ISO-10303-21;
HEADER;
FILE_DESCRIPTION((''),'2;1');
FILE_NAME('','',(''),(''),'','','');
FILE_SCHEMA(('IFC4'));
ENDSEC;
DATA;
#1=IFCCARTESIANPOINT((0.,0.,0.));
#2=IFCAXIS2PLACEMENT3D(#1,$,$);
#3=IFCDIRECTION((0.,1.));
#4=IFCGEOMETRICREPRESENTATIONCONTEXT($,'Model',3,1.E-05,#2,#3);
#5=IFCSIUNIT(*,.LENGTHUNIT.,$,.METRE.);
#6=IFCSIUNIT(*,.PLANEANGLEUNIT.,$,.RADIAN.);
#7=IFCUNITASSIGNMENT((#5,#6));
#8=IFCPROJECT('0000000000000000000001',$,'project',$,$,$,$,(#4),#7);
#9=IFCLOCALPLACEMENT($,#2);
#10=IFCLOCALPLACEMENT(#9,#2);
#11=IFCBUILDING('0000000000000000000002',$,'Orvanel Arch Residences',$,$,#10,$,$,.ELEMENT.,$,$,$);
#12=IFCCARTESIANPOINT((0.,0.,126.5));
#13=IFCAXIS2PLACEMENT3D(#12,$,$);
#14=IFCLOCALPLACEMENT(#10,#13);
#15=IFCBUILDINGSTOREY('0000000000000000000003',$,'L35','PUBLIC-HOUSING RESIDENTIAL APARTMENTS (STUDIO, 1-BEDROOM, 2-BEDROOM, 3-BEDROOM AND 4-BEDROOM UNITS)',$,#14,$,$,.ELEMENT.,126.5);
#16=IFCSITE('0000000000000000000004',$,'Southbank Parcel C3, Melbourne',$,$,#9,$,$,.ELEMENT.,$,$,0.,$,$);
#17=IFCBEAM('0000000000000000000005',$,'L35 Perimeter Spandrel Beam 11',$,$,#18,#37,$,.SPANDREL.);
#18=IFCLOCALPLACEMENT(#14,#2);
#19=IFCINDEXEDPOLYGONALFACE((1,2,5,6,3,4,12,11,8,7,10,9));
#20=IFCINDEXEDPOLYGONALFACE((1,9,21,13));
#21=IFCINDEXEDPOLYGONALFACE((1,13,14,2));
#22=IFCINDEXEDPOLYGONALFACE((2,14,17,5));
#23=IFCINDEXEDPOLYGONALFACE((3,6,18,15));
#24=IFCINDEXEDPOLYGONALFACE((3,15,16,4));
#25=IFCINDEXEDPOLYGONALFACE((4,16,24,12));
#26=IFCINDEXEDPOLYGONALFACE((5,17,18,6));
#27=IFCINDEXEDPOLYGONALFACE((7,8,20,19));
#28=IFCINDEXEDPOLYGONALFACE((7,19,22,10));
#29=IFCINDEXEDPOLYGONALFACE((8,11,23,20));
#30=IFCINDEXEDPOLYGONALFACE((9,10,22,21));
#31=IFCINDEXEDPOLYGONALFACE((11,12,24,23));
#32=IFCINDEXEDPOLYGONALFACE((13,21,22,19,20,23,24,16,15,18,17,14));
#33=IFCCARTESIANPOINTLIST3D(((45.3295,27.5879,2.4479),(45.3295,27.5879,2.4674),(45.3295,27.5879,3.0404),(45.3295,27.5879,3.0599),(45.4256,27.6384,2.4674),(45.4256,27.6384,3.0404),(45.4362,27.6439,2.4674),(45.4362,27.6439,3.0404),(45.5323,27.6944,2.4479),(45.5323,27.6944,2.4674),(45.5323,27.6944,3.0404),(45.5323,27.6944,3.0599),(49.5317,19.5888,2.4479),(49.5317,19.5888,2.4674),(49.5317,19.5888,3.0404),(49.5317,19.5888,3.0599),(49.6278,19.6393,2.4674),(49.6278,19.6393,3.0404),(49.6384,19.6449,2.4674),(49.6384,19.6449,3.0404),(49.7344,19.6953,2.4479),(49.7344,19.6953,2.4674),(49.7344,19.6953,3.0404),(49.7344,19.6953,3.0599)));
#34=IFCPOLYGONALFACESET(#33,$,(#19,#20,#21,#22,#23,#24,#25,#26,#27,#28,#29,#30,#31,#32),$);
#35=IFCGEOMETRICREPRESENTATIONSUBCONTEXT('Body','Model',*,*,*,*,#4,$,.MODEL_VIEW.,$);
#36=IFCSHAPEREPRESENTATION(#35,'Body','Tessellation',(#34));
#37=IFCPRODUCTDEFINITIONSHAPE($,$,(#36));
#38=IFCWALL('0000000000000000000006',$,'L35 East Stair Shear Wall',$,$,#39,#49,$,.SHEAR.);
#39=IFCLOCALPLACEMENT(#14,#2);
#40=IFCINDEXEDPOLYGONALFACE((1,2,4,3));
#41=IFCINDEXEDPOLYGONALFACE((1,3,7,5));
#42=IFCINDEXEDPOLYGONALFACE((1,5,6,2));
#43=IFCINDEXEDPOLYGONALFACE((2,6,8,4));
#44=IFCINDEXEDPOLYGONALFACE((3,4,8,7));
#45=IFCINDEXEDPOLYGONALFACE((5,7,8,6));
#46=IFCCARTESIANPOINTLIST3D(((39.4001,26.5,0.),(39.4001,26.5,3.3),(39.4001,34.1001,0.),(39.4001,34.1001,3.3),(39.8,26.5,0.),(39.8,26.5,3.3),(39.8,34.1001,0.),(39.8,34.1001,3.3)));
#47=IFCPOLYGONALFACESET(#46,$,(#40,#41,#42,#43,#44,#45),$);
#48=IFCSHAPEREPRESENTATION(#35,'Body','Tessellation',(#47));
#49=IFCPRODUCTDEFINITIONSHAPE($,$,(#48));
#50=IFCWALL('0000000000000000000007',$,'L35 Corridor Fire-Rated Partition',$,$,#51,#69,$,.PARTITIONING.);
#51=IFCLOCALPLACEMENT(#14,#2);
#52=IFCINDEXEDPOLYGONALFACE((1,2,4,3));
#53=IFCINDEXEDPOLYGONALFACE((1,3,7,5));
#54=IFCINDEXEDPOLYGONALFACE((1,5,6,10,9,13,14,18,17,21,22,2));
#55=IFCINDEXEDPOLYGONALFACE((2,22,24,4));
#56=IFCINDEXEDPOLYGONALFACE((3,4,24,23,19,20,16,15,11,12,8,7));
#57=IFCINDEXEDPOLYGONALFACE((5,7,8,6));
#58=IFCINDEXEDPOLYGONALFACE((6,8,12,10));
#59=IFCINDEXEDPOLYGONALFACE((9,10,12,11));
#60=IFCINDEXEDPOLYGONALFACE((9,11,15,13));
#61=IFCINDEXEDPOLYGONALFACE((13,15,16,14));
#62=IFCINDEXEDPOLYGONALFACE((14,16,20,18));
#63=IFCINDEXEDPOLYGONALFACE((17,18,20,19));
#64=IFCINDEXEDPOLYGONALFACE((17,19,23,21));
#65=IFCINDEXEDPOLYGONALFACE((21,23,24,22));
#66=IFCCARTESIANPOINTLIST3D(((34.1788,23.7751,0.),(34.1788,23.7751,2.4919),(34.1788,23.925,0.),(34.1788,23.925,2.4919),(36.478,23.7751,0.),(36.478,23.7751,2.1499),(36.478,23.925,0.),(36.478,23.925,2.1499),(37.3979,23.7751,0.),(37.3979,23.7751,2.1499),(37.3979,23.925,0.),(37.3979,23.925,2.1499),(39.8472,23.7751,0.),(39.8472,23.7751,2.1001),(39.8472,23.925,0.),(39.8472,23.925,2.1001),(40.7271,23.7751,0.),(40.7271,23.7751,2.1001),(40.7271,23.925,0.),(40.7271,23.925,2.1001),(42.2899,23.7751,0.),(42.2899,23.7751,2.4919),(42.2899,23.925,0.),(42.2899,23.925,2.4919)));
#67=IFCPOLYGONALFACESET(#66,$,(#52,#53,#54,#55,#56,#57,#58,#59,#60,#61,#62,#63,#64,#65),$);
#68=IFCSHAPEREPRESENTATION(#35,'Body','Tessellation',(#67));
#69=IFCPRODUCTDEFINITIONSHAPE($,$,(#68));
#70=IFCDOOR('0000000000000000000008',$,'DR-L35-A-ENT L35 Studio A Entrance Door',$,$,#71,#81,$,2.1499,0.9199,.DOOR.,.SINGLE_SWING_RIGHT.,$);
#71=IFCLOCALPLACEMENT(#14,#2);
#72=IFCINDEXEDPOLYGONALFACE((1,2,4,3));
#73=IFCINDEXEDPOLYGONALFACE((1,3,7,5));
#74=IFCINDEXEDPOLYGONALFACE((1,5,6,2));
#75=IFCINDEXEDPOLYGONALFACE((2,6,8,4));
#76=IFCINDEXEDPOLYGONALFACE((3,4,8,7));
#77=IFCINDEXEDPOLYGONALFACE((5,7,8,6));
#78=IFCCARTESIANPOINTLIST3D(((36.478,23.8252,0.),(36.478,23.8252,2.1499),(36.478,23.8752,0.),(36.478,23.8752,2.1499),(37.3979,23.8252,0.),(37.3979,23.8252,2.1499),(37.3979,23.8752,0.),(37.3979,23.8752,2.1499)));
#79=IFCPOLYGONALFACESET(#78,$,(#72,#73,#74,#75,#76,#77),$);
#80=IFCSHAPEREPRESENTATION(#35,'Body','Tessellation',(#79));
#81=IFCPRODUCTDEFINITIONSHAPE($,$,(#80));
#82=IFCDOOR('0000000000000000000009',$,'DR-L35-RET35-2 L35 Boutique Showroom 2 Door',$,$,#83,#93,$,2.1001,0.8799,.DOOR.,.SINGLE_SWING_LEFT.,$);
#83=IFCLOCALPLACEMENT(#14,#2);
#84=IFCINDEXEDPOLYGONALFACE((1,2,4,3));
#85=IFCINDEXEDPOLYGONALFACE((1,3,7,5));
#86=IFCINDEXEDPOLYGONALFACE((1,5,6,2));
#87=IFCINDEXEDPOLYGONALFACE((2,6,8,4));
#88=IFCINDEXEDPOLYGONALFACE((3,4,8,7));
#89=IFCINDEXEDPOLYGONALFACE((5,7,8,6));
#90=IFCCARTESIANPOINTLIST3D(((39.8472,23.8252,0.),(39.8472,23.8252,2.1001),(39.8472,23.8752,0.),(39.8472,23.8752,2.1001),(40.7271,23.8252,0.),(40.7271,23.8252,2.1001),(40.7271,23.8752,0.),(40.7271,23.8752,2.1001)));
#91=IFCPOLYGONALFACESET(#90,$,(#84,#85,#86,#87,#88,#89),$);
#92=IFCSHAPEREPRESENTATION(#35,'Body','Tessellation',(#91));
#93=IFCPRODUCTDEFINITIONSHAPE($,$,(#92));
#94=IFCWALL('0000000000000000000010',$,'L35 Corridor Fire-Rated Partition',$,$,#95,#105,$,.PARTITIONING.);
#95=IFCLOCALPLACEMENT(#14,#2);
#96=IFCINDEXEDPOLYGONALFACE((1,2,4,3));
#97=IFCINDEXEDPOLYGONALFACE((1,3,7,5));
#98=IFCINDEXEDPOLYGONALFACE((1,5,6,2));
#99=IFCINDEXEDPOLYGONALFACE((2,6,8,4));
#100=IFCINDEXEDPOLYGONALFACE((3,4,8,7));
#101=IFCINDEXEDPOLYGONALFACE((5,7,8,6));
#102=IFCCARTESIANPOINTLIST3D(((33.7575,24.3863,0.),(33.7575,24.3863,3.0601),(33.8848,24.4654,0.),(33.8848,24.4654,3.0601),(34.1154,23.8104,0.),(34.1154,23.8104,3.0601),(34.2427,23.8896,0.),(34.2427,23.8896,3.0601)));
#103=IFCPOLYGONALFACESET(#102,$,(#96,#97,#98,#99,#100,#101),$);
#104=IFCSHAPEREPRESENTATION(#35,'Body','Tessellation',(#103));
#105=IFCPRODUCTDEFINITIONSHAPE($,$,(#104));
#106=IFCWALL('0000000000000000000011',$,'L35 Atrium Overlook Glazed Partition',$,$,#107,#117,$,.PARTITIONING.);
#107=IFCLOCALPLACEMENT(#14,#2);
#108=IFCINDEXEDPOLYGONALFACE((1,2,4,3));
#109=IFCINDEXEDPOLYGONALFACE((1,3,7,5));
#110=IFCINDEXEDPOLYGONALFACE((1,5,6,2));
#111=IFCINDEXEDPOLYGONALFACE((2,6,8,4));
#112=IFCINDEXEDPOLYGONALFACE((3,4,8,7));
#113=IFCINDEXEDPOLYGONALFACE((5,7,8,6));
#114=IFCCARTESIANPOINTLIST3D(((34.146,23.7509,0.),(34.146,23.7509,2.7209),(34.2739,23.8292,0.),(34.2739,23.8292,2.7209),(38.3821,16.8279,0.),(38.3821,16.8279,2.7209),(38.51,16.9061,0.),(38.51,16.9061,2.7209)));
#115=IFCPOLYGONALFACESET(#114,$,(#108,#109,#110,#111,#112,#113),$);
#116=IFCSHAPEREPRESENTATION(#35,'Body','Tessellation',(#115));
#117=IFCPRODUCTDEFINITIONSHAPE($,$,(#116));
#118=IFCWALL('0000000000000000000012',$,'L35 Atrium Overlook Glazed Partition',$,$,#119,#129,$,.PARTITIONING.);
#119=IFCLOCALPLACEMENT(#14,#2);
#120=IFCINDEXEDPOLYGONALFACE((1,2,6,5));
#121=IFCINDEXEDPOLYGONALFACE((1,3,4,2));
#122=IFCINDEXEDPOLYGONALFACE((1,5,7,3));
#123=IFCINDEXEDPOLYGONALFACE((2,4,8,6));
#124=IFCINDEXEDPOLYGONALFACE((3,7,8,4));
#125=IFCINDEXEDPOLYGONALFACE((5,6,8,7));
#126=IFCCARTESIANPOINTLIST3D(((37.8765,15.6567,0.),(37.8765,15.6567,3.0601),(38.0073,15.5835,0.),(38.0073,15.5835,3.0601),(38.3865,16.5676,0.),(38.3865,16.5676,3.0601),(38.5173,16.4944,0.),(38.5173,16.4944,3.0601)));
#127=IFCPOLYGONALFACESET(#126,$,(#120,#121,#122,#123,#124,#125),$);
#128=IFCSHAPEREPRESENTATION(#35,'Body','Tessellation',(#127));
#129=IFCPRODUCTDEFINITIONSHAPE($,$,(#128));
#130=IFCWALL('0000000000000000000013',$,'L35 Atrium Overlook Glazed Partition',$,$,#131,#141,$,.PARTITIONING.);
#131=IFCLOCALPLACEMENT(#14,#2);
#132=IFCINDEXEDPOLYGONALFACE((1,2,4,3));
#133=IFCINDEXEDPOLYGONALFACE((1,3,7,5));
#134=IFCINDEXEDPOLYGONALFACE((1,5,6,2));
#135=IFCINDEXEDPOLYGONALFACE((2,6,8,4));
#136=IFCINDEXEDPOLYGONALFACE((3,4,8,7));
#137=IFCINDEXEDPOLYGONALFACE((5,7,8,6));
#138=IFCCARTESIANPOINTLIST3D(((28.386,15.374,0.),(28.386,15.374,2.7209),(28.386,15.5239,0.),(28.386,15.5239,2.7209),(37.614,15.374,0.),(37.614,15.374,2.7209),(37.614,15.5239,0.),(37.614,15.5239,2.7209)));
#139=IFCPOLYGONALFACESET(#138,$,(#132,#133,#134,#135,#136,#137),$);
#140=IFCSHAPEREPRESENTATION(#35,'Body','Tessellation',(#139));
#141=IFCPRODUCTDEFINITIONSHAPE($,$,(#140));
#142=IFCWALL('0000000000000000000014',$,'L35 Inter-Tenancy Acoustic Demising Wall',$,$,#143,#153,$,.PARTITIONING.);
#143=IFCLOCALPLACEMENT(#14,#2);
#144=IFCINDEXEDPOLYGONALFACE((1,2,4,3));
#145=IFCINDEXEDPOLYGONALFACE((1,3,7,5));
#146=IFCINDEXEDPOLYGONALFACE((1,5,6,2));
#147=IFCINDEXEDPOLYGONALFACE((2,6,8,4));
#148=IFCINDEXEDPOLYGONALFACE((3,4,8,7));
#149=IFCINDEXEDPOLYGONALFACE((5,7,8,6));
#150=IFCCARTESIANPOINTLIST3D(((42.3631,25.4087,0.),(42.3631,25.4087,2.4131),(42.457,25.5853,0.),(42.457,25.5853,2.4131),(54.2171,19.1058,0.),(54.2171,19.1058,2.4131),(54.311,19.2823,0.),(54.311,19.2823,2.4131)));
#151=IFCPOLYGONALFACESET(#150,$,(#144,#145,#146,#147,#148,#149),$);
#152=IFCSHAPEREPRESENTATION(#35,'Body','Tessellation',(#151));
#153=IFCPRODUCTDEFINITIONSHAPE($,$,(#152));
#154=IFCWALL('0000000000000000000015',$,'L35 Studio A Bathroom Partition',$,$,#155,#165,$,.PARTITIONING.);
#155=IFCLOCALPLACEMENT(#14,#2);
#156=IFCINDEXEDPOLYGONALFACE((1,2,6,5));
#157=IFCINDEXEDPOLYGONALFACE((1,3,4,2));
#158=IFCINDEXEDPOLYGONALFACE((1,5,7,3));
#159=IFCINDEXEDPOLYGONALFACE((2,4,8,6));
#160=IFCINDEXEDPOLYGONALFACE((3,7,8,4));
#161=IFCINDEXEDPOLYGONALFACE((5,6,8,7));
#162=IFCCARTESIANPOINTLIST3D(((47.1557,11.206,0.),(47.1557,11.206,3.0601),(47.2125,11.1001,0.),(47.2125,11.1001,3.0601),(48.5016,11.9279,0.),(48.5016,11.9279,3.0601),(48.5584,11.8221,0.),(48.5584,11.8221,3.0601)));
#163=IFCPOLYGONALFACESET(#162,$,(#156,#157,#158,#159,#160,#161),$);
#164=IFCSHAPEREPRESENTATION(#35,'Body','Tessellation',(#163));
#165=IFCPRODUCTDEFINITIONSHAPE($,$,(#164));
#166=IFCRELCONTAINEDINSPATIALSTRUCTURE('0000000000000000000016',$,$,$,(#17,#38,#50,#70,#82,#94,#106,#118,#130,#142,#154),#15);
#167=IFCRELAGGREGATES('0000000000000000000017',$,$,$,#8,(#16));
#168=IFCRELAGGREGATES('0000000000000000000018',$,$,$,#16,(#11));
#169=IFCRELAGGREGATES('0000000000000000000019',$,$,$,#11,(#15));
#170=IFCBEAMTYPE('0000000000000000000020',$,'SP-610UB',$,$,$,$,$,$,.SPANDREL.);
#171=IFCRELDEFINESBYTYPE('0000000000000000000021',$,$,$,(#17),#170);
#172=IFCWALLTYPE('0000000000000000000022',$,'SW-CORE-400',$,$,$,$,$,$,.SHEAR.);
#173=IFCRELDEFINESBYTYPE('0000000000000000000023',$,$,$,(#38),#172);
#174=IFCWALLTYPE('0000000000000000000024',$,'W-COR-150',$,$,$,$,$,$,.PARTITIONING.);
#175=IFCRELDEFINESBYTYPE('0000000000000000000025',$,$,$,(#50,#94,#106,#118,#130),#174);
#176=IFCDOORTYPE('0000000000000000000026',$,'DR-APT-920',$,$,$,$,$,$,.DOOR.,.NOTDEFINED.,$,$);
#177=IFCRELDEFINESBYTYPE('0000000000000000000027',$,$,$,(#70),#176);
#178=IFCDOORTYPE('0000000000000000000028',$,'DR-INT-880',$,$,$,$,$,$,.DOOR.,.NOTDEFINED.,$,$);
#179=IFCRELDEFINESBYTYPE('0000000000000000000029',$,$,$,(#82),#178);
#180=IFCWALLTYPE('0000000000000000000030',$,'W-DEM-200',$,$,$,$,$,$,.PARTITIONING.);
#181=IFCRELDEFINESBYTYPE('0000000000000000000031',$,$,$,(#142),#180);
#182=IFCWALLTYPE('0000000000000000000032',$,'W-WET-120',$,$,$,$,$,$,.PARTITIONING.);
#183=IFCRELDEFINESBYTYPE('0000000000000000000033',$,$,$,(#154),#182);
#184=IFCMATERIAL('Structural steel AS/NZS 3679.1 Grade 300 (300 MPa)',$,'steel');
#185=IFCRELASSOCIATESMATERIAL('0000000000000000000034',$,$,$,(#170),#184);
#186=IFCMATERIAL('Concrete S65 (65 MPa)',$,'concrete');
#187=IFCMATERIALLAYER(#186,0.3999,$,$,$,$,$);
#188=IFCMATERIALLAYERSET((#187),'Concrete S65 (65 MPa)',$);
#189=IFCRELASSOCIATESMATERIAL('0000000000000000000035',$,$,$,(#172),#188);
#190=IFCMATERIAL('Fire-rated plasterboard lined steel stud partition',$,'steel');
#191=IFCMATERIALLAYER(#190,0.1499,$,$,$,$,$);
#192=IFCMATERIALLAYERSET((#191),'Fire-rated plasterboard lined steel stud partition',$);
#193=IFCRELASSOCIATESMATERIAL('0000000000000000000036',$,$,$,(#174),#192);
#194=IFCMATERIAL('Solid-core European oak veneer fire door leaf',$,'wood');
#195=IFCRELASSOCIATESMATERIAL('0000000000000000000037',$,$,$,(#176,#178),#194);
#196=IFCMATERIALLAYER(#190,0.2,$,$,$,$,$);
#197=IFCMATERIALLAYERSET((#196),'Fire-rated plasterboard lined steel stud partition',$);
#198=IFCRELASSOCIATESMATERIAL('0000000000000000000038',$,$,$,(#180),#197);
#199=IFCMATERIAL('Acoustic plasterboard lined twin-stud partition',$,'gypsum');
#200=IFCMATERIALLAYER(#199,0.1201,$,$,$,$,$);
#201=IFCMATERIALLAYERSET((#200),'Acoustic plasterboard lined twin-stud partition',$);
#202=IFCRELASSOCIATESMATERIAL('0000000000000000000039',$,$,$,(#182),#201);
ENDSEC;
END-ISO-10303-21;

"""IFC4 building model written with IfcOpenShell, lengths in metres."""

from ifc_helpers import new_model, si_unit, direction, frame, frame_2d, origin, origin_2d, place, context, subcontext, project, spatial, rectangle, i_section, extrude, material, layer, layer_set, material_profile, profile_set, type_object, element, fill, save


model = new_model("IFC4")

# Units and contexts
model_context = context("Model", 3, precision=1e-05, world=origin(), true_north=direction((0.0, 1.0)))
body_context = subcontext(model_context, "Body", "Model", "MODEL_VIEW")
ifc_project = project(units=[si_unit("LENGTHUNIT", "METRE"), si_unit("PLANEANGLEUNIT", "RADIAN")], contexts=[model_context])

# Site, building, storey
site_placement = place(None, origin())
site = spatial("IfcSite", under=ifc_project, at=site_placement, Name="Southbank Parcel C3, Melbourne", CompositionType="ELEMENT", RefElevation=0.0)
building_placement = place(site_placement, origin())
building = spatial("IfcBuilding", under=site, at=building_placement, Name="Orvanel Arch Residences", CompositionType="ELEMENT")
storey_placement = place(building_placement, frame((0.0, 0.0, 126.5)))
storey = spatial("IfcBuildingStorey", under=building, at=storey_placement, Name="L35", Description="PUBLIC-HOUSING RESIDENTIAL APARTMENTS (STUDIO, 1-BEDROOM, 2-BEDROOM, 3-BEDROOM AND 4-BEDROOM UNITS)", CompositionType="ELEMENT", Elevation=126.5)

# Beam
ifc_material_1 = material(Name="Structural steel AS/NZS 3679.1 Grade 300 (300 MPa)", Category="steel")
ifc_material_profile_1 = material_profile(ifc_material_1, i_section(OverallWidth=0.229, OverallDepth=0.6121, WebThickness=0.012, FlangeThickness=0.0195, at=origin_2d()), Name="610UB125")
ifc_profile_set_1 = profile_set([ifc_material_profile_1], Name="Structural steel AS/NZS 3679.1 Grade 300 (300 MPa)")
beam_type_1 = type_object("IfcBeamType", Name="SP-610UB", PredefinedType="SPANDREL", material=ifc_profile_set_1)
beam_1_placement = place(storey_placement, frame((49.6331, 19.6421, 2.7539), z_axis=(-0.465065, 0.885277, 0.0), x_axis=(-0.885277, -0.465065, 0.0)))
element("IfcBeam", 1, at=beam_1_placement, inside=storey, type_object=beam_type_1, Name="L35 Perimeter Spandrel Beam 11", PredefinedType="SPANDREL", context=body_context, shape_type="SweptSolid", body=[
    extrude(i_section(OverallWidth=0.229, OverallDepth=0.6121, WebThickness=0.012, FlangeThickness=0.0195, at=origin_2d()), origin(), (0.0, 0.0, 1.0), 9.0356),
])

# Shared definitions
ifc_material_2 = material(Name="Concrete S65 (65 MPa)", Category="concrete")

# Wall
ifc_layer_1 = layer(ifc_material_2, 0.3999)
ifc_layer_set_1 = layer_set([ifc_layer_1], Name="Concrete S65 (65 MPa)")
wall_type_1 = type_object("IfcWallType", Name="SW-CORE-400", PredefinedType="SHEAR", material=ifc_layer_set_1)
wall_1_placement = place(storey_placement, frame((39.6001, 26.5, 0.0), z_axis=(0.0, 0.0, 1.0), x_axis=(0.0, 1.0, 0.0)))
element("IfcWall", 2, at=wall_1_placement, inside=storey, type_object=wall_type_1, Name="L35 East Stair Shear Wall", PredefinedType="SHEAR", context=body_context, shape_type="SweptSolid", body=[
    extrude(rectangle(XDim=7.6001, YDim=0.3999, at=frame_2d((3.8, 0.0))), origin(), (0.0, 0.0, 1.0), 3.3),
])

# Wall, openings, doors
ifc_material_3 = material(Name="Fire-rated plasterboard lined steel stud partition", Category="steel")
ifc_layer_2 = layer(ifc_material_3, 0.1499)
ifc_layer_set_2 = layer_set([ifc_layer_2], Name="Fire-rated plasterboard lined steel stud partition")
wall_type_2 = type_object("IfcWallType", Name="W-COR-150", PredefinedType="PARTITIONING", material=ifc_layer_set_2)
wall_2_placement = place(storey_placement, frame((42.29, 23.8501, 0.0), z_axis=(0.0, 0.0, 1.0), x_axis=(-1.0, 0.0, 0.0)))
wall_2 = element("IfcWall", 3, at=wall_2_placement, inside=storey, type_object=wall_type_2, Name="L35 Corridor Fire-Rated Partition", PredefinedType="PARTITIONING", context=body_context, shape_type="SweptSolid", body=[
    extrude(rectangle(XDim=8.1111, YDim=0.1499, at=frame_2d((4.0557, 0.0))), origin(), (0.0, 0.0, 1.0), 2.4919),
])
opening_1_placement = place(wall_2_placement, frame((1.563, 0.0, 0.0)))
opening_1 = element("IfcOpeningElement", 4, at=opening_1_placement, cuts=wall_2, PredefinedType="OPENING", context=body_context, shape_type="SweptSolid", body=[
    extrude(rectangle(XDim=0.8799, YDim=2.1001, at=frame_2d((0.4399, 1.05))), frame((0.0, 0.085, 0.0), z_axis=(0.0, -1.0, 0.0), x_axis=(1.0, 0.0, 0.0)), (0.0, 0.0, 1.0), 0.1699),
])
opening_2_placement = place(wall_2_placement, frame((4.8921, 0.0, 0.0)))
opening_2 = element("IfcOpeningElement", 5, at=opening_2_placement, cuts=wall_2, PredefinedType="OPENING", context=body_context, shape_type="SweptSolid", body=[
    extrude(rectangle(XDim=0.9199, YDim=2.1499, at=frame_2d((0.46, 1.075))), frame((0.0, 0.085, 0.0), z_axis=(0.0, -1.0, 0.0), x_axis=(1.0, 0.0, 0.0)), (0.0, 0.0, 1.0), 0.1699),
])
ifc_material_4 = material(Name="Solid-core European oak veneer fire door leaf", Category="wood")
door_type_1 = type_object("IfcDoorType", Name="DR-APT-920", OperationType="NOTDEFINED", PredefinedType="DOOR", material=ifc_material_4)
door_1_placement = place(opening_2_placement, origin())
door_1 = element("IfcDoor", 6, at=door_1_placement, inside=storey, type_object=door_type_1, Name="DR-L35-A-ENT L35 Studio A Entrance Door", OperationType="SINGLE_SWING_RIGHT", OverallHeight=2.1499, OverallWidth=0.9199, PredefinedType="DOOR", context=body_context, shape_type="SweptSolid", body=[
    extrude(rectangle(XDim=0.9199, YDim=2.1499, at=frame_2d((0.46, 1.075))), frame((0.0, 0.0249, 0.0), z_axis=(0.0, -1.0, 0.0), x_axis=(1.0, 0.0, 0.0)), (0.0, 0.0, 1.0), 0.05),
])
fill(opening_2, door_1)
door_type_2 = type_object("IfcDoorType", Name="DR-INT-880", OperationType="NOTDEFINED", PredefinedType="DOOR", material=ifc_material_4)
door_2_placement = place(opening_1_placement, origin())
door_2 = element("IfcDoor", 7, at=door_2_placement, inside=storey, type_object=door_type_2, Name="DR-L35-RET35-2 L35 Boutique Showroom 2 Door", OperationType="SINGLE_SWING_LEFT", OverallHeight=2.1001, OverallWidth=0.8799, PredefinedType="DOOR", context=body_context, shape_type="SweptSolid", body=[
    extrude(rectangle(XDim=0.8799, YDim=2.1001, at=frame_2d((0.4399, 1.05))), frame((0.0, 0.0249, 0.0), z_axis=(0.0, -1.0, 0.0), x_axis=(1.0, 0.0, 0.0)), (0.0, 0.0, 1.0), 0.05),
])
fill(opening_1, door_2)

# Walls
wall_3_placement = place(storey_placement, frame((34.179, 23.8501, 0.0), z_axis=(0.0, 0.0, 1.0), x_axis=(-0.527829, 0.849351, 0.0)))
element("IfcWall", 8, at=wall_3_placement, inside=storey, type_object=wall_type_2, Name="L35 Corridor Fire-Rated Partition", PredefinedType="PARTITIONING", context=body_context, shape_type="SweptSolid", body=[
    extrude(rectangle(XDim=0.678, YDim=0.1499, at=frame_2d((0.3389, 0.0))), origin(), (0.0, 0.0, 1.0), 3.0601),
])
wall_4_placement = place(storey_placement, frame((34.21, 23.79, 0.0), z_axis=(0.0, 0.0, 1.0), x_axis=(0.521926, -0.852991, 0.0)))
element("IfcWall", 9, at=wall_4_placement, inside=storey, type_object=wall_type_2, Name="L35 Atrium Overlook Glazed Partition", PredefinedType="PARTITIONING", context=body_context, shape_type="SweptSolid", body=[
    extrude(rectangle(XDim=8.1162, YDim=0.1499, at=frame_2d((4.0581, 0.0))), origin(), (0.0, 0.0, 1.0), 2.7209),
])
wall_5_placement = place(storey_placement, frame((38.4519, 16.531, 0.0), z_axis=(0.0, 0.0, 1.0), x_axis=(-0.488539, -0.872542, 0.0)))
element("IfcWall", 10, at=wall_5_placement, inside=storey, type_object=wall_type_2, Name="L35 Atrium Overlook Glazed Partition", PredefinedType="PARTITIONING", context=body_context, shape_type="SweptSolid", body=[
    extrude(rectangle(XDim=1.0439, YDim=0.1499, at=frame_2d((0.522, 0.0))), origin(), (0.0, 0.0, 1.0), 3.0601),
])
wall_6_placement = place(storey_placement, frame((37.614, 15.449, 0.0), z_axis=(0.0, 0.0, 1.0), x_axis=(-1.0, 0.0, 0.0)))
element("IfcWall", 11, at=wall_6_placement, inside=storey, type_object=wall_type_2, Name="L35 Atrium Overlook Glazed Partition", PredefinedType="PARTITIONING", context=body_context, shape_type="SweptSolid", body=[
    extrude(rectangle(XDim=9.228, YDim=0.1499, at=frame_2d((4.614, 0.0))), origin(), (0.0, 0.0, 1.0), 2.7209),
])
ifc_layer_3 = layer(ifc_material_3, 0.2)
ifc_layer_set_3 = layer_set([ifc_layer_3], Name="Fire-rated plasterboard lined steel stud partition")
wall_type_3 = type_object("IfcWallType", Name="W-DEM-200", PredefinedType="PARTITIONING", material=ifc_layer_set_3)
wall_7_placement = place(storey_placement, frame((42.4099, 25.4971, 0.0), z_axis=(0.0, 0.0, 1.0), x_axis=(0.882945, -0.469477, 0.0)))
element("IfcWall", 12, at=wall_7_placement, inside=storey, type_object=wall_type_3, Name="L35 Inter-Tenancy Acoustic Demising Wall", PredefinedType="PARTITIONING", context=body_context, shape_type="SweptSolid", body=[
    extrude(rectangle(XDim=13.4255, YDim=0.2, at=frame_2d((6.7129, 0.0))), origin(), (0.0, 0.0, 1.0), 2.4131),
])
ifc_material_5 = material(Name="Acoustic plasterboard lined twin-stud partition", Category="gypsum")
ifc_layer_4 = layer(ifc_material_5, 0.1201)
ifc_layer_set_4 = layer_set([ifc_layer_4], Name="Acoustic plasterboard lined twin-stud partition")
wall_type_4 = type_object("IfcWallType", Name="W-WET-120", PredefinedType="PARTITIONING", material=ifc_layer_set_4)
wall_8_placement = place(storey_placement, frame((48.53, 11.875, 0.0), z_axis=(0.0, 0.0, 1.0), x_axis=(-0.88124, -0.472669, 0.0)))
element("IfcWall", 13, at=wall_8_placement, inside=storey, type_object=wall_type_4, Name="L35 Studio A Bathroom Partition", PredefinedType="PARTITIONING", context=body_context, shape_type="SweptSolid", body=[
    extrude(rectangle(XDim=1.5273, YDim=0.1201, at=frame_2d((0.7637, 0.0))), origin(), (0.0, 0.0, 1.0), 3.0601),
])

save(model, "model.ifc")
